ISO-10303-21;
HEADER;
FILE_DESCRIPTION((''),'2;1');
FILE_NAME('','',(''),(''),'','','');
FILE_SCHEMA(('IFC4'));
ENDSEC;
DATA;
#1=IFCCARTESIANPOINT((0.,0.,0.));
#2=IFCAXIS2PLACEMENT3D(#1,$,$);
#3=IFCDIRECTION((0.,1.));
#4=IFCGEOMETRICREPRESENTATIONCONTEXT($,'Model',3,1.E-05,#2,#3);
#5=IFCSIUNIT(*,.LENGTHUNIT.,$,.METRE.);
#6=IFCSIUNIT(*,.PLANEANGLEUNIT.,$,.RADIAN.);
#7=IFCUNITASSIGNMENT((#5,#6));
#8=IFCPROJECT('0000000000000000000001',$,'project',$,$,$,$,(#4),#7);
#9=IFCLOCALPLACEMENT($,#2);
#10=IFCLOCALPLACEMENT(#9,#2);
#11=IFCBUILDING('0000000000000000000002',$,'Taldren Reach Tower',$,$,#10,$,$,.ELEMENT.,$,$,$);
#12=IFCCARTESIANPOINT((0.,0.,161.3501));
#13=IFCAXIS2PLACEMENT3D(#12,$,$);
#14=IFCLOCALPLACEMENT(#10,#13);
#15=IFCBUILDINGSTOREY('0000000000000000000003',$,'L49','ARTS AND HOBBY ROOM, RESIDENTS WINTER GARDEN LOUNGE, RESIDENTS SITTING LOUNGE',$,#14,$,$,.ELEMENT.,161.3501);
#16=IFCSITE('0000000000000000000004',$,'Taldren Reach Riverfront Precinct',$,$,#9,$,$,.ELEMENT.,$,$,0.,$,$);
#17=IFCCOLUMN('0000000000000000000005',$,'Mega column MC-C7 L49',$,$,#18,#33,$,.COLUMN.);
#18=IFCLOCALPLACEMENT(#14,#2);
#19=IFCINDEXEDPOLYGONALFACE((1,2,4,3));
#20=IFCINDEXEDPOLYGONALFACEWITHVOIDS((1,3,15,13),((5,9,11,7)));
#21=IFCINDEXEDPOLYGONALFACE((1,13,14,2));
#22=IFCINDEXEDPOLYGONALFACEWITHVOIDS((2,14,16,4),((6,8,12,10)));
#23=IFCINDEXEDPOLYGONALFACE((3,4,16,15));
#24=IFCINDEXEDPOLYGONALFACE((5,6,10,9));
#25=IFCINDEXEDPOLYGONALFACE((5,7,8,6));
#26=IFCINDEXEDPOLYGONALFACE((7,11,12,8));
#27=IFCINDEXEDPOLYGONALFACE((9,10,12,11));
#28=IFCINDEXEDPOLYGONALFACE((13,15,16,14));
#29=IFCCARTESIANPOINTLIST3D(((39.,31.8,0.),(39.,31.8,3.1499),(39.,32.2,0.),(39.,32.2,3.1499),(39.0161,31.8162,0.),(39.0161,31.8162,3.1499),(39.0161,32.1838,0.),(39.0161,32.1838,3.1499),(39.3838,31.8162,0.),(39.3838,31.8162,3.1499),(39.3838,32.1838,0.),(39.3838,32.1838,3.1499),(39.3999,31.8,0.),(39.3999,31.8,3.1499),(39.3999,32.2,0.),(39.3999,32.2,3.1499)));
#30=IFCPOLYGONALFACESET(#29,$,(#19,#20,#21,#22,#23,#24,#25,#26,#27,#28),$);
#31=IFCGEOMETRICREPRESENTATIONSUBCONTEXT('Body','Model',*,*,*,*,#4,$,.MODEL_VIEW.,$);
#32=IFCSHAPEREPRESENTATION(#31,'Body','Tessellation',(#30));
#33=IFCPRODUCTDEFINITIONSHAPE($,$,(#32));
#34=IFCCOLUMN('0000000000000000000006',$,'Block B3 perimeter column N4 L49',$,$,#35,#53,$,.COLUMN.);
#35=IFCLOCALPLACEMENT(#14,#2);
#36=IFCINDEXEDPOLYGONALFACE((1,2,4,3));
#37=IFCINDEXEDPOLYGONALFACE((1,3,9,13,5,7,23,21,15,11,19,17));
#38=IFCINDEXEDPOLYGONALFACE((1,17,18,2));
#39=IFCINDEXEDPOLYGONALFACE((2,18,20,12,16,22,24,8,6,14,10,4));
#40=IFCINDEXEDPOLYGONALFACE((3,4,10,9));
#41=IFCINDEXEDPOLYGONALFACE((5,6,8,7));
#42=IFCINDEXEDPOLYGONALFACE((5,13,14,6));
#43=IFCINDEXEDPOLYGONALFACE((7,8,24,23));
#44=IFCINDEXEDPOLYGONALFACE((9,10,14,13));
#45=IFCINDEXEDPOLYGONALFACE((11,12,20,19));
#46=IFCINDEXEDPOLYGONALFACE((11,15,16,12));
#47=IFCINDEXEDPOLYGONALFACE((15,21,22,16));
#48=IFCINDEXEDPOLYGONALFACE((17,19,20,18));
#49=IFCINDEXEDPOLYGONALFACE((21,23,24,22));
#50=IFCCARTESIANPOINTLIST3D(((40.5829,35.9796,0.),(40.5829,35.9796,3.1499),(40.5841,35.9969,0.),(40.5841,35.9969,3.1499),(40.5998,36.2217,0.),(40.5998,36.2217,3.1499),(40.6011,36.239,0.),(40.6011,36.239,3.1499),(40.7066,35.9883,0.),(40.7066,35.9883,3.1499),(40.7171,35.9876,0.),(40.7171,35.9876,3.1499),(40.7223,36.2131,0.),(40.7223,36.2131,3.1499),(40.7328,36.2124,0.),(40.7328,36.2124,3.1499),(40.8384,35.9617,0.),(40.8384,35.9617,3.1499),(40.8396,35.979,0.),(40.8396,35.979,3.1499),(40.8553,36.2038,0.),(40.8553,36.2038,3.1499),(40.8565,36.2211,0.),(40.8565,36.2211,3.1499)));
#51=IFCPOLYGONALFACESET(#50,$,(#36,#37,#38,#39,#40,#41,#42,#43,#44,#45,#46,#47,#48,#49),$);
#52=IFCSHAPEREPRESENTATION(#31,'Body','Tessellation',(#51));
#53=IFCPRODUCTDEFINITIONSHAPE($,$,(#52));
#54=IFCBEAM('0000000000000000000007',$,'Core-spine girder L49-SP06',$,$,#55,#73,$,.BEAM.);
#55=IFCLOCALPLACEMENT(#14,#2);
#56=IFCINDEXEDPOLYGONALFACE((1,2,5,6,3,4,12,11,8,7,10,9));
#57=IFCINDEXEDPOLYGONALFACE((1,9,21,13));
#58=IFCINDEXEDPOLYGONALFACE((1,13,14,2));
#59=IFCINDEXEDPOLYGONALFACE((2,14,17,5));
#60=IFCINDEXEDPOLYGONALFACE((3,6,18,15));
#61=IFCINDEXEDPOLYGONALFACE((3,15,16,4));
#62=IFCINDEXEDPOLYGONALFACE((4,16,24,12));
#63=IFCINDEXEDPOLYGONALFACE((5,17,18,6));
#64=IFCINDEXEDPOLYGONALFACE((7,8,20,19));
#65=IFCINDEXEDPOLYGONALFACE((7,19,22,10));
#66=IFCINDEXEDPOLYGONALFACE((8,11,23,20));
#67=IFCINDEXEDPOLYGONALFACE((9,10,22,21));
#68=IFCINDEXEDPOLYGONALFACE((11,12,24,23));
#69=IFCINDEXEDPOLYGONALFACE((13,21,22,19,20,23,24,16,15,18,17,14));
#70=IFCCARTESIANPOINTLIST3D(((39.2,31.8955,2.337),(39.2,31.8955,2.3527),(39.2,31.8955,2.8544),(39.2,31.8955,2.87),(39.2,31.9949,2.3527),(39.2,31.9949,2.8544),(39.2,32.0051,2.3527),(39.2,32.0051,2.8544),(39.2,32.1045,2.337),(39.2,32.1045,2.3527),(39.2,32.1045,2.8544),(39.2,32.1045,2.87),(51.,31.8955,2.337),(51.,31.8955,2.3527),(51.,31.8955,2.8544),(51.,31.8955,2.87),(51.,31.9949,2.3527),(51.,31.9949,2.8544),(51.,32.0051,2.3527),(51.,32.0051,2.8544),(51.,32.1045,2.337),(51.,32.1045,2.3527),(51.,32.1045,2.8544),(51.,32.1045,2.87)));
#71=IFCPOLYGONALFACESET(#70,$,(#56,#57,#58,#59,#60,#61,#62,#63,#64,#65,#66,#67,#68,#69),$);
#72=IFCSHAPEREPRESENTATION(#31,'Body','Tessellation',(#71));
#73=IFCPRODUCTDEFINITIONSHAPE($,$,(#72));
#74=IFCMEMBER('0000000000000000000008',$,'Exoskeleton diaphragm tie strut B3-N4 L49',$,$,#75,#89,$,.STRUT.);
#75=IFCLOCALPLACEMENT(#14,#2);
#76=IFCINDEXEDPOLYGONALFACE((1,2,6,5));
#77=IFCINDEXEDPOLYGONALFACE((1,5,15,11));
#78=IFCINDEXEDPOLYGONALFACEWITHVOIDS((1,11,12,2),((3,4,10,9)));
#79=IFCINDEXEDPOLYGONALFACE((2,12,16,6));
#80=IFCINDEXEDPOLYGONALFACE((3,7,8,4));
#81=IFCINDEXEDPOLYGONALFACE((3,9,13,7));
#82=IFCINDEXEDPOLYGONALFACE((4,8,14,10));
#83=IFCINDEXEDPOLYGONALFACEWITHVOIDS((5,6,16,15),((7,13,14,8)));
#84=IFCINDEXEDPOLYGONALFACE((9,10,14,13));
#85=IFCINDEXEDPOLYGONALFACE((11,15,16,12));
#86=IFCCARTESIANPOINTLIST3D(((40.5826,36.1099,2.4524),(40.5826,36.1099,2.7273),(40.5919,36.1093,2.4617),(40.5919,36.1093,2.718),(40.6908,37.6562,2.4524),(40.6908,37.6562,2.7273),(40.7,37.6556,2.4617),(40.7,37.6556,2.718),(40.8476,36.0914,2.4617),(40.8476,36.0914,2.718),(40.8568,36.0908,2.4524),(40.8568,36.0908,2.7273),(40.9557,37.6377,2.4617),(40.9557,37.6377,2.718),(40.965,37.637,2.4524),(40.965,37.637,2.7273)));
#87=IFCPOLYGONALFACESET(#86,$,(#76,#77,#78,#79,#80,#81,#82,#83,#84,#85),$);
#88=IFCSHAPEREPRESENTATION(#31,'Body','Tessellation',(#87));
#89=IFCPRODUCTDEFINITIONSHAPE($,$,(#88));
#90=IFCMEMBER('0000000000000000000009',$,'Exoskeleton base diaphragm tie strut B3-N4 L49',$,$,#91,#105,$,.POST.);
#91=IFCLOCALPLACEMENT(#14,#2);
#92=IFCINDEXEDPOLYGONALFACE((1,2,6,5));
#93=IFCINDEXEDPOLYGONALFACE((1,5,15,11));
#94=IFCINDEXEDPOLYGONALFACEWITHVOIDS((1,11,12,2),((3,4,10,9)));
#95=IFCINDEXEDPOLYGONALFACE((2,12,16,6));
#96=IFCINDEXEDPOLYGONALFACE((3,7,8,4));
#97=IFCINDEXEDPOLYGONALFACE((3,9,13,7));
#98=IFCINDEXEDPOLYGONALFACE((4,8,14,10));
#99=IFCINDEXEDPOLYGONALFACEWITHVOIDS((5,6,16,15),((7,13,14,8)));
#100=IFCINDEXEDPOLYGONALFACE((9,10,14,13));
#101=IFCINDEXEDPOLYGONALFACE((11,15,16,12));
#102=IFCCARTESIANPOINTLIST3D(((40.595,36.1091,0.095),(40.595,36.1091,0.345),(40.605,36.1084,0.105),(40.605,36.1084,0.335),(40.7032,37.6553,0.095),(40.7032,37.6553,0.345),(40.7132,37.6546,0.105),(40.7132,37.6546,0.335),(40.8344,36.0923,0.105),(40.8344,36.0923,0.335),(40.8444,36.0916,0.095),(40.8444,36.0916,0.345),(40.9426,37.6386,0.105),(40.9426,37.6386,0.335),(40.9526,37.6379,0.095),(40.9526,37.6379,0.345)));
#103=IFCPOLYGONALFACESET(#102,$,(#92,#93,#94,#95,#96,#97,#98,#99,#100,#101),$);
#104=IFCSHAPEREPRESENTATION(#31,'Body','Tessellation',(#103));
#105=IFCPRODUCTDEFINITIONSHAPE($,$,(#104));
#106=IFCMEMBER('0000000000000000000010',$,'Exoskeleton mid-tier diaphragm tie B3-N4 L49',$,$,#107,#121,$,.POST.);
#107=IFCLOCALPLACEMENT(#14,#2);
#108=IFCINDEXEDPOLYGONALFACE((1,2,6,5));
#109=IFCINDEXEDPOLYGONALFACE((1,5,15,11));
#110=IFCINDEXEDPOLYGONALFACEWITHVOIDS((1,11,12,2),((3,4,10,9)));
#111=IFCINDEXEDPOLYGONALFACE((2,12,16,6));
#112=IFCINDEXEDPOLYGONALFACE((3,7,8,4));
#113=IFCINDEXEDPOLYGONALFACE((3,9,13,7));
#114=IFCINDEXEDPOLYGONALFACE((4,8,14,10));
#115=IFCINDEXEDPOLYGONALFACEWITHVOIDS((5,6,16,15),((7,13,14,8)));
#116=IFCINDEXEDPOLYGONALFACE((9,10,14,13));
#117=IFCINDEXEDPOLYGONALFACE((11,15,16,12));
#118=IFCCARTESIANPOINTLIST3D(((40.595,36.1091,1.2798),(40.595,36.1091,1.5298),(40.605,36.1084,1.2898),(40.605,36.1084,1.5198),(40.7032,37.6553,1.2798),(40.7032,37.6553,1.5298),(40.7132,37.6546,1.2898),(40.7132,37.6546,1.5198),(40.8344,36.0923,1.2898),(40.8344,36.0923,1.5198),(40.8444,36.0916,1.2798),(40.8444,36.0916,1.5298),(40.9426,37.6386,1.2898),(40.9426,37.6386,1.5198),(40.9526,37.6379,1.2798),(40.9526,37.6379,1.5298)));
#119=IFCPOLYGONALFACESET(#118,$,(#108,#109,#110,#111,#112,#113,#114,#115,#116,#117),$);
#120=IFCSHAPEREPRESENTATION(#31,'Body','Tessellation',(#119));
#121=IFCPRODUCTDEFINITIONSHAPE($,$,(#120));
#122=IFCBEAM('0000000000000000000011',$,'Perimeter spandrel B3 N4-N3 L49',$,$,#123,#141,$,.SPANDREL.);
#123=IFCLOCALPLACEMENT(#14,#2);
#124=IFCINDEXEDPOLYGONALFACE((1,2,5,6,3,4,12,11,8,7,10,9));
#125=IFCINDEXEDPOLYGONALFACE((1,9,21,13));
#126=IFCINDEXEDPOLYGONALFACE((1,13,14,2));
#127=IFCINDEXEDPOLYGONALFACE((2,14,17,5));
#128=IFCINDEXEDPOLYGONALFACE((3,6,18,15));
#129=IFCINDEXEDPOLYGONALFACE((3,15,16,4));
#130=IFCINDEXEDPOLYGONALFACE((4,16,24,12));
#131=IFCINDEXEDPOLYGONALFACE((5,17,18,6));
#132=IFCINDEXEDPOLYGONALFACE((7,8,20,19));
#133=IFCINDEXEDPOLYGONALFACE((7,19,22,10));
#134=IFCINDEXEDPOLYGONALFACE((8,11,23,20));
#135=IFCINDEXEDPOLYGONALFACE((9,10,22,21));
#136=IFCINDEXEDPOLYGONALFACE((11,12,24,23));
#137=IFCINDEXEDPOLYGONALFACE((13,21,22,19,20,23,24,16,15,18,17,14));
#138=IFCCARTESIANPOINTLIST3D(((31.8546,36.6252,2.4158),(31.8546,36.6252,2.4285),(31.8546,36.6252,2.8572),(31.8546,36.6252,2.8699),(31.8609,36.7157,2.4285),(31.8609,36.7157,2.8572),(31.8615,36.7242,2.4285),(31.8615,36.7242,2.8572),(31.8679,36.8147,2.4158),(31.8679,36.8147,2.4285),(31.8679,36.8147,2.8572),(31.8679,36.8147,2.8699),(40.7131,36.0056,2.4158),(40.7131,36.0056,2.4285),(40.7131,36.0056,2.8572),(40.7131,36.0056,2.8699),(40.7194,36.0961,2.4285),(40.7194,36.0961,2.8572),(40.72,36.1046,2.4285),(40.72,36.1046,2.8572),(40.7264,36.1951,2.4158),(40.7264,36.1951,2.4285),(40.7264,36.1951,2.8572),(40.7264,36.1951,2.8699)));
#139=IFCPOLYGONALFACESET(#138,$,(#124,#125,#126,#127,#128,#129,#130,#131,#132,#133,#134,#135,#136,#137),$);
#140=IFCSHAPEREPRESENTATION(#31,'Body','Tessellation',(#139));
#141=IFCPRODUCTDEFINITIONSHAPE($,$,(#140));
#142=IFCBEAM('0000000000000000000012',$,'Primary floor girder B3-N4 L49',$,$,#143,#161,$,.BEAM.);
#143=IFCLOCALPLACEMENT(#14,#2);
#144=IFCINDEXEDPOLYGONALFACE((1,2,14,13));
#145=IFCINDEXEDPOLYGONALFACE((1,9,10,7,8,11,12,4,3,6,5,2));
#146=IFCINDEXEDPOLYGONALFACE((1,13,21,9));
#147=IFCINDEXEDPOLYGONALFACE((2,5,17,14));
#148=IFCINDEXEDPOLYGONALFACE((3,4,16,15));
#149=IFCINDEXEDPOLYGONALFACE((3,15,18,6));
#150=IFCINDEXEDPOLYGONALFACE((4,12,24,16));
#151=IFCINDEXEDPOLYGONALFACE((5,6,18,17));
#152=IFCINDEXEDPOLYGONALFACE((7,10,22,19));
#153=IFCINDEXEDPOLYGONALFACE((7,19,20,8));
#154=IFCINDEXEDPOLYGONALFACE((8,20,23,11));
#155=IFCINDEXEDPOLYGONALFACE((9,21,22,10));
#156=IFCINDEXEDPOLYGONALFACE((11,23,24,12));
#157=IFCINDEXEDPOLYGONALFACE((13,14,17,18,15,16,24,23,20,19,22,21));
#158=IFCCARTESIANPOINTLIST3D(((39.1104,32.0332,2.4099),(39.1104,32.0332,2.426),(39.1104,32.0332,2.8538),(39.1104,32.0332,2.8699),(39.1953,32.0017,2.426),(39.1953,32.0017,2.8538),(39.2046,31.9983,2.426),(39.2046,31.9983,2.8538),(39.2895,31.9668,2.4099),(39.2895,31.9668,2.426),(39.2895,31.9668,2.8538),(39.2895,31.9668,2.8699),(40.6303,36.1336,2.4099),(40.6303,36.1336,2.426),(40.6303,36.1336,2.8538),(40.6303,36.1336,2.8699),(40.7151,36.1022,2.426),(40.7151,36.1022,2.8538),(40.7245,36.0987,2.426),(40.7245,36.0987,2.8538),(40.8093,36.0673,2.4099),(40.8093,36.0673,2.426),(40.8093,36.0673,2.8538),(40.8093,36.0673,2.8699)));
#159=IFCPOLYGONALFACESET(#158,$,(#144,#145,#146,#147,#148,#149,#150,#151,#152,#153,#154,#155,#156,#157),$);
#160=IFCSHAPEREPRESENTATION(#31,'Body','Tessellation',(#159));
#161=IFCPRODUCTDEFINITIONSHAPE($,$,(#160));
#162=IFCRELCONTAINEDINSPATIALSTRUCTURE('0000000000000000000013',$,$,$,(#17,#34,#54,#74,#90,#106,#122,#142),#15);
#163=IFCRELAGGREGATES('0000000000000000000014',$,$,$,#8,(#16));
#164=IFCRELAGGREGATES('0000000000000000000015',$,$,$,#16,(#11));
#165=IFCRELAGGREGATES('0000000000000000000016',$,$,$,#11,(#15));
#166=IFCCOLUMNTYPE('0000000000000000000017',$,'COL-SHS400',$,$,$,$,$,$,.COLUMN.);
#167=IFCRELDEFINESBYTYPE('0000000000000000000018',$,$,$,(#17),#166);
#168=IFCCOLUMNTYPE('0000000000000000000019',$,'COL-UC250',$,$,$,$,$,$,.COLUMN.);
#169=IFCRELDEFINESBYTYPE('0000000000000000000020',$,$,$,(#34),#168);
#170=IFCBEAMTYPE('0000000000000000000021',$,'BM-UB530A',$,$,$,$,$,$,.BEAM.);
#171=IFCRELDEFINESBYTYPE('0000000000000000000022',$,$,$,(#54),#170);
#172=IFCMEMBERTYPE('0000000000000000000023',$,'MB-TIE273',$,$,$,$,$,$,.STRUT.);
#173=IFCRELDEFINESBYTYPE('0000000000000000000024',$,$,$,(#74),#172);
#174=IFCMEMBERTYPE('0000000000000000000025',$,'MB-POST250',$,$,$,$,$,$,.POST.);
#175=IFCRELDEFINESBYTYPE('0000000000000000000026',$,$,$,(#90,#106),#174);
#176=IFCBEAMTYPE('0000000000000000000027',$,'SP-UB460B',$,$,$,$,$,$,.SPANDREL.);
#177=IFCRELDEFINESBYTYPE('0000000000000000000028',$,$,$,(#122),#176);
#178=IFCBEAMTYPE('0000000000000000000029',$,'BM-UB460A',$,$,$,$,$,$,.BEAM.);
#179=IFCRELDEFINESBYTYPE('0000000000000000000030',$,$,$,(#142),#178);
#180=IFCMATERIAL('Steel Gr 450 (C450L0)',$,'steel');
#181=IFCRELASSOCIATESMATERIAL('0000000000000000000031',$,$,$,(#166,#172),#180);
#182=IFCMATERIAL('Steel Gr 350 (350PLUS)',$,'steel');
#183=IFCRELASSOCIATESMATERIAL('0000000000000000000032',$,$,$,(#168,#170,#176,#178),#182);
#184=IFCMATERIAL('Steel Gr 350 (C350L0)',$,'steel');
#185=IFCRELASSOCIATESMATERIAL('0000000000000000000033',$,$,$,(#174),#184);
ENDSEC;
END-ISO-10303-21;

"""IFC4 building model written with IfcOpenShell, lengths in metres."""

from ifc_helpers import new_model, si_unit, direction, frame, origin, origin_2d, place, context, subcontext, project, spatial, hollow_rectangle, i_section, extrude, source, transform, mapped, material, material_profile, profile_set, type_object, element, save


model = new_model("IFC4")

# Units and contexts
model_context = context("Model", 3, precision=1e-05, world=origin(), true_north=direction((0.0, 1.0)))
body_context = subcontext(model_context, "Body", "Model", "MODEL_VIEW")
ifc_project = project(units=[si_unit("LENGTHUNIT", "METRE"), si_unit("PLANEANGLEUNIT", "RADIAN")], contexts=[model_context])

# Site, building, storey
site_placement = place(None, origin())
site = spatial("IfcSite", under=ifc_project, at=site_placement, Name="Taldren Reach Riverfront Precinct", CompositionType="ELEMENT", RefElevation=0.0)
building_placement = place(site_placement, origin())
building = spatial("IfcBuilding", under=site, at=building_placement, Name="Taldren Reach Tower", CompositionType="ELEMENT")
storey_placement = place(building_placement, frame((0.0, 0.0, 161.3501)))
storey = spatial("IfcBuildingStorey", under=building, at=storey_placement, Name="L49", Description="ARTS AND HOBBY ROOM, RESIDENTS WINTER GARDEN LOUNGE, RESIDENTS SITTING LOUNGE", CompositionType="ELEMENT", Elevation=161.3501)

# Columns
ifc_material_1 = material(Name="Steel Gr 450 (C450L0)", Category="steel")
ifc_material_profile_1 = material_profile(ifc_material_1, hollow_rectangle(XDim=0.3999, YDim=0.3999, WallThickness=0.0161, at=origin_2d()), Name="400x400x16.0SHS")
ifc_profile_set_1 = profile_set([ifc_material_profile_1], Name="Steel Gr 450 (C450L0)")
column_type_1 = type_object("IfcColumnType", Name="COL-SHS400", PredefinedType="COLUMN", material=ifc_profile_set_1)
shared_shape_1 = source(origin(), body_context, "Body", "SweptSolid", [
    extrude(hollow_rectangle(XDim=0.3999, YDim=0.3999, WallThickness=0.0161, at=origin_2d()), origin(), (0.0, 0.0, 1.0), 3.1499),
])
column_1_placement = place(storey_placement, frame((39.2, 32.0, 0.0), z_axis=(0.0, 0.0, 1.0), x_axis=(1.0, 0.0, 0.0)))
element("IfcColumn", 1, at=column_1_placement, inside=storey, type_object=column_type_1, Name="Mega column MC-C7 L49", PredefinedType="COLUMN", context=body_context, shape_type="MappedRepresentation", body=[
    mapped(shared_shape_1, transform((0.0, 0.0, 0.0), scale=1.0)),
])
ifc_material_2 = material(Name="Steel Gr 350 (350PLUS)", Category="steel")
ifc_material_profile_2 = material_profile(ifc_material_2, i_section(OverallWidth=0.2561, OverallDepth=0.26, WebThickness=0.0105, FlangeThickness=0.0173, at=origin_2d()), Name="250UC89.5")
ifc_profile_set_2 = profile_set([ifc_material_profile_2], Name="Steel Gr 350 (350PLUS)")
column_type_2 = type_object("IfcColumnType", Name="COL-UC250", PredefinedType="COLUMN", material=ifc_profile_set_2)
shared_shape_2 = source(origin(), body_context, "Body", "SweptSolid", [
    extrude(i_section(OverallWidth=0.2561, OverallDepth=0.26, WebThickness=0.0105, FlangeThickness=0.0173, at=origin_2d()), origin(), (0.0, 0.0, 1.0), 3.1499),
])
column_2_placement = place(storey_placement, frame((40.7197, 36.1003, 0.0), z_axis=(0.0, 0.0, 1.0), x_axis=(0.997564, -0.069756, 0.0)))
element("IfcColumn", 2, at=column_2_placement, inside=storey, type_object=column_type_2, Name="Block B3 perimeter column N4 L49", PredefinedType="COLUMN", context=body_context, shape_type="MappedRepresentation", body=[
    mapped(shared_shape_2, transform((0.0, 0.0, 0.0), scale=1.0)),
])

# Beam
ifc_material_profile_3 = material_profile(ifc_material_2, i_section(OverallWidth=0.209, OverallDepth=0.533, WebThickness=0.0103, FlangeThickness=0.0156, at=origin_2d()), Name="530UB92.4")
ifc_profile_set_3 = profile_set([ifc_material_profile_3], Name="Steel Gr 350 (350PLUS)")
beam_type_1 = type_object("IfcBeamType", Name="BM-UB530A", PredefinedType="BEAM", material=ifc_profile_set_3)
shared_shape_3 = source(origin(), body_context, "Body", "SweptSolid", [
    extrude(i_section(OverallWidth=0.209, OverallDepth=0.533, WebThickness=0.0103, FlangeThickness=0.0156, at=origin_2d()), origin(), (0.0, 0.0, 1.0), 11.8),
])
beam_1_placement = place(storey_placement, frame((39.2, 32.0, 2.6035), z_axis=(1.0, 0.0, 0.0), x_axis=(0.0, 1.0, 0.0)))
element("IfcBeam", 3, at=beam_1_placement, inside=storey, type_object=beam_type_1, Name="Core-spine girder L49-SP06", PredefinedType="BEAM", context=body_context, shape_type="MappedRepresentation", body=[
    mapped(shared_shape_3, transform((0.0, 0.0, 0.0), scale=1.0)),
])

# Members
ifc_material_profile_4 = material_profile(ifc_material_1, hollow_rectangle(XDim=0.2749, YDim=0.2749, WallThickness=0.0093, at=origin_2d()), Name="275x275x9.3SHS")
ifc_profile_set_4 = profile_set([ifc_material_profile_4], Name="Steel Gr 450 (C450L0)")
member_type_1 = type_object("IfcMemberType", Name="MB-TIE273", PredefinedType="STRUT", material=ifc_profile_set_4)
shared_shape_4 = source(origin(), body_context, "Body", "SweptSolid", [
    extrude(hollow_rectangle(XDim=0.2749, YDim=0.2749, WallThickness=0.0093, at=origin_2d()), origin(), (0.0, 0.0, 1.0), 1.55),
])
member_1_placement = place(storey_placement, frame((40.7197, 36.1003, 2.5898), z_axis=(0.06977, 0.997563, 0.0), x_axis=(-0.997563, 0.06977, 0.0)))
element("IfcMember", 4, at=member_1_placement, inside=storey, type_object=member_type_1, Name="Exoskeleton diaphragm tie strut B3-N4 L49", PredefinedType="STRUT", context=body_context, shape_type="MappedRepresentation", body=[
    mapped(shared_shape_4, transform((0.0, 0.0, 0.0), scale=1.0)),
])
ifc_material_3 = material(Name="Steel Gr 350 (C350L0)", Category="steel")
ifc_material_profile_5 = material_profile(ifc_material_3, hollow_rectangle(XDim=0.25, YDim=0.25, WallThickness=0.01, at=origin_2d()), Name="250x250x10.0SHS")
ifc_profile_set_5 = profile_set([ifc_material_profile_5], Name="Steel Gr 350 (C350L0)")
member_type_2 = type_object("IfcMemberType", Name="MB-POST250", PredefinedType="POST", material=ifc_profile_set_5)
shared_shape_5 = source(origin(), body_context, "Body", "SweptSolid", [
    extrude(hollow_rectangle(XDim=0.25, YDim=0.25, WallThickness=0.01, at=origin_2d()), origin(), (0.0, 0.0, 1.0), 1.55),
])
for number, where, z_axis, x_axis, name in (
    (5, (40.7197, 36.1003, 0.22), (0.06977, 0.997563, 0.0), (-0.997563, 0.06977, 0.0), "Exoskeleton base diaphragm tie strut B3-N4 L49"),
    (6, (40.7197, 36.1003, 1.4048), (0.06977, 0.997563, 0.0), (-0.997563, 0.06977, 0.0), "Exoskeleton mid-tier diaphragm tie B3-N4 L49"),
):
    element("IfcMember", number, at=place(storey_placement, frame(where, z_axis=z_axis, x_axis=x_axis)), inside=storey, type_object=member_type_2, Name=name, PredefinedType="POST", context=body_context, shape_type="MappedRepresentation", body=[
        mapped(shared_shape_5, transform((0.0, 0.0, 0.0), scale=1.0)),
    ])

# Beams
ifc_material_profile_6 = material_profile(ifc_material_2, i_section(OverallWidth=0.1899, OverallDepth=0.4541, WebThickness=0.0085, FlangeThickness=0.0127, at=origin_2d()), Name="460UB67.1")
ifc_profile_set_6 = profile_set([ifc_material_profile_6], Name="Steel Gr 350 (350PLUS)")
beam_type_2 = type_object("IfcBeamType", Name="SP-UB460B", PredefinedType="SPANDREL", material=ifc_profile_set_6)
shared_shape_6 = source(origin(), body_context, "Body", "SweptSolid", [
    extrude(i_section(OverallWidth=0.1899, OverallDepth=0.4541, WebThickness=0.0085, FlangeThickness=0.0127, at=origin_2d()), origin(), (0.0, 0.0, 1.0), 8.8801),
])
beam_2_placement = place(storey_placement, frame((40.7197, 36.1003, 2.6428), z_axis=(-0.997563, 0.069778, 0.0), x_axis=(-0.069778, -0.997563, 0.0)))
element("IfcBeam", 7, at=beam_2_placement, inside=storey, type_object=beam_type_2, Name="Perimeter spandrel B3 N4-N3 L49", PredefinedType="SPANDREL", context=body_context, shape_type="MappedRepresentation", body=[
    mapped(shared_shape_6, transform((0.0, 0.0, 0.0), scale=1.0)),
])
ifc_material_profile_7 = material_profile(ifc_material_2, i_section(OverallWidth=0.1909, OverallDepth=0.46, WebThickness=0.01, FlangeThickness=0.0161, at=origin_2d()), Name="460UB82.1")
ifc_profile_set_7 = profile_set([ifc_material_profile_7], Name="Steel Gr 350 (350PLUS)")
beam_type_3 = type_object("IfcBeamType", Name="BM-UB460A", PredefinedType="BEAM", material=ifc_profile_set_7)
shared_shape_7 = source(origin(), body_context, "Body", "SweptSolid", [
    extrude(i_section(OverallWidth=0.1909, OverallDepth=0.46, WebThickness=0.01, FlangeThickness=0.0161, at=origin_2d()), origin(), (0.0, 0.0, 1.0), 4.373),
])
beam_3_placement = place(storey_placement, frame((39.2, 32.0, 2.6399), z_axis=(0.347542, 0.937665, 0.0), x_axis=(-0.937665, 0.347542, 0.0)))
element("IfcBeam", 8, at=beam_3_placement, inside=storey, type_object=beam_type_3, Name="Primary floor girder B3-N4 L49", PredefinedType="BEAM", context=body_context, shape_type="MappedRepresentation", body=[
    mapped(shared_shape_7, transform((0.0, 0.0, 0.0), scale=1.0)),
])

save(model, "model.ifc")
